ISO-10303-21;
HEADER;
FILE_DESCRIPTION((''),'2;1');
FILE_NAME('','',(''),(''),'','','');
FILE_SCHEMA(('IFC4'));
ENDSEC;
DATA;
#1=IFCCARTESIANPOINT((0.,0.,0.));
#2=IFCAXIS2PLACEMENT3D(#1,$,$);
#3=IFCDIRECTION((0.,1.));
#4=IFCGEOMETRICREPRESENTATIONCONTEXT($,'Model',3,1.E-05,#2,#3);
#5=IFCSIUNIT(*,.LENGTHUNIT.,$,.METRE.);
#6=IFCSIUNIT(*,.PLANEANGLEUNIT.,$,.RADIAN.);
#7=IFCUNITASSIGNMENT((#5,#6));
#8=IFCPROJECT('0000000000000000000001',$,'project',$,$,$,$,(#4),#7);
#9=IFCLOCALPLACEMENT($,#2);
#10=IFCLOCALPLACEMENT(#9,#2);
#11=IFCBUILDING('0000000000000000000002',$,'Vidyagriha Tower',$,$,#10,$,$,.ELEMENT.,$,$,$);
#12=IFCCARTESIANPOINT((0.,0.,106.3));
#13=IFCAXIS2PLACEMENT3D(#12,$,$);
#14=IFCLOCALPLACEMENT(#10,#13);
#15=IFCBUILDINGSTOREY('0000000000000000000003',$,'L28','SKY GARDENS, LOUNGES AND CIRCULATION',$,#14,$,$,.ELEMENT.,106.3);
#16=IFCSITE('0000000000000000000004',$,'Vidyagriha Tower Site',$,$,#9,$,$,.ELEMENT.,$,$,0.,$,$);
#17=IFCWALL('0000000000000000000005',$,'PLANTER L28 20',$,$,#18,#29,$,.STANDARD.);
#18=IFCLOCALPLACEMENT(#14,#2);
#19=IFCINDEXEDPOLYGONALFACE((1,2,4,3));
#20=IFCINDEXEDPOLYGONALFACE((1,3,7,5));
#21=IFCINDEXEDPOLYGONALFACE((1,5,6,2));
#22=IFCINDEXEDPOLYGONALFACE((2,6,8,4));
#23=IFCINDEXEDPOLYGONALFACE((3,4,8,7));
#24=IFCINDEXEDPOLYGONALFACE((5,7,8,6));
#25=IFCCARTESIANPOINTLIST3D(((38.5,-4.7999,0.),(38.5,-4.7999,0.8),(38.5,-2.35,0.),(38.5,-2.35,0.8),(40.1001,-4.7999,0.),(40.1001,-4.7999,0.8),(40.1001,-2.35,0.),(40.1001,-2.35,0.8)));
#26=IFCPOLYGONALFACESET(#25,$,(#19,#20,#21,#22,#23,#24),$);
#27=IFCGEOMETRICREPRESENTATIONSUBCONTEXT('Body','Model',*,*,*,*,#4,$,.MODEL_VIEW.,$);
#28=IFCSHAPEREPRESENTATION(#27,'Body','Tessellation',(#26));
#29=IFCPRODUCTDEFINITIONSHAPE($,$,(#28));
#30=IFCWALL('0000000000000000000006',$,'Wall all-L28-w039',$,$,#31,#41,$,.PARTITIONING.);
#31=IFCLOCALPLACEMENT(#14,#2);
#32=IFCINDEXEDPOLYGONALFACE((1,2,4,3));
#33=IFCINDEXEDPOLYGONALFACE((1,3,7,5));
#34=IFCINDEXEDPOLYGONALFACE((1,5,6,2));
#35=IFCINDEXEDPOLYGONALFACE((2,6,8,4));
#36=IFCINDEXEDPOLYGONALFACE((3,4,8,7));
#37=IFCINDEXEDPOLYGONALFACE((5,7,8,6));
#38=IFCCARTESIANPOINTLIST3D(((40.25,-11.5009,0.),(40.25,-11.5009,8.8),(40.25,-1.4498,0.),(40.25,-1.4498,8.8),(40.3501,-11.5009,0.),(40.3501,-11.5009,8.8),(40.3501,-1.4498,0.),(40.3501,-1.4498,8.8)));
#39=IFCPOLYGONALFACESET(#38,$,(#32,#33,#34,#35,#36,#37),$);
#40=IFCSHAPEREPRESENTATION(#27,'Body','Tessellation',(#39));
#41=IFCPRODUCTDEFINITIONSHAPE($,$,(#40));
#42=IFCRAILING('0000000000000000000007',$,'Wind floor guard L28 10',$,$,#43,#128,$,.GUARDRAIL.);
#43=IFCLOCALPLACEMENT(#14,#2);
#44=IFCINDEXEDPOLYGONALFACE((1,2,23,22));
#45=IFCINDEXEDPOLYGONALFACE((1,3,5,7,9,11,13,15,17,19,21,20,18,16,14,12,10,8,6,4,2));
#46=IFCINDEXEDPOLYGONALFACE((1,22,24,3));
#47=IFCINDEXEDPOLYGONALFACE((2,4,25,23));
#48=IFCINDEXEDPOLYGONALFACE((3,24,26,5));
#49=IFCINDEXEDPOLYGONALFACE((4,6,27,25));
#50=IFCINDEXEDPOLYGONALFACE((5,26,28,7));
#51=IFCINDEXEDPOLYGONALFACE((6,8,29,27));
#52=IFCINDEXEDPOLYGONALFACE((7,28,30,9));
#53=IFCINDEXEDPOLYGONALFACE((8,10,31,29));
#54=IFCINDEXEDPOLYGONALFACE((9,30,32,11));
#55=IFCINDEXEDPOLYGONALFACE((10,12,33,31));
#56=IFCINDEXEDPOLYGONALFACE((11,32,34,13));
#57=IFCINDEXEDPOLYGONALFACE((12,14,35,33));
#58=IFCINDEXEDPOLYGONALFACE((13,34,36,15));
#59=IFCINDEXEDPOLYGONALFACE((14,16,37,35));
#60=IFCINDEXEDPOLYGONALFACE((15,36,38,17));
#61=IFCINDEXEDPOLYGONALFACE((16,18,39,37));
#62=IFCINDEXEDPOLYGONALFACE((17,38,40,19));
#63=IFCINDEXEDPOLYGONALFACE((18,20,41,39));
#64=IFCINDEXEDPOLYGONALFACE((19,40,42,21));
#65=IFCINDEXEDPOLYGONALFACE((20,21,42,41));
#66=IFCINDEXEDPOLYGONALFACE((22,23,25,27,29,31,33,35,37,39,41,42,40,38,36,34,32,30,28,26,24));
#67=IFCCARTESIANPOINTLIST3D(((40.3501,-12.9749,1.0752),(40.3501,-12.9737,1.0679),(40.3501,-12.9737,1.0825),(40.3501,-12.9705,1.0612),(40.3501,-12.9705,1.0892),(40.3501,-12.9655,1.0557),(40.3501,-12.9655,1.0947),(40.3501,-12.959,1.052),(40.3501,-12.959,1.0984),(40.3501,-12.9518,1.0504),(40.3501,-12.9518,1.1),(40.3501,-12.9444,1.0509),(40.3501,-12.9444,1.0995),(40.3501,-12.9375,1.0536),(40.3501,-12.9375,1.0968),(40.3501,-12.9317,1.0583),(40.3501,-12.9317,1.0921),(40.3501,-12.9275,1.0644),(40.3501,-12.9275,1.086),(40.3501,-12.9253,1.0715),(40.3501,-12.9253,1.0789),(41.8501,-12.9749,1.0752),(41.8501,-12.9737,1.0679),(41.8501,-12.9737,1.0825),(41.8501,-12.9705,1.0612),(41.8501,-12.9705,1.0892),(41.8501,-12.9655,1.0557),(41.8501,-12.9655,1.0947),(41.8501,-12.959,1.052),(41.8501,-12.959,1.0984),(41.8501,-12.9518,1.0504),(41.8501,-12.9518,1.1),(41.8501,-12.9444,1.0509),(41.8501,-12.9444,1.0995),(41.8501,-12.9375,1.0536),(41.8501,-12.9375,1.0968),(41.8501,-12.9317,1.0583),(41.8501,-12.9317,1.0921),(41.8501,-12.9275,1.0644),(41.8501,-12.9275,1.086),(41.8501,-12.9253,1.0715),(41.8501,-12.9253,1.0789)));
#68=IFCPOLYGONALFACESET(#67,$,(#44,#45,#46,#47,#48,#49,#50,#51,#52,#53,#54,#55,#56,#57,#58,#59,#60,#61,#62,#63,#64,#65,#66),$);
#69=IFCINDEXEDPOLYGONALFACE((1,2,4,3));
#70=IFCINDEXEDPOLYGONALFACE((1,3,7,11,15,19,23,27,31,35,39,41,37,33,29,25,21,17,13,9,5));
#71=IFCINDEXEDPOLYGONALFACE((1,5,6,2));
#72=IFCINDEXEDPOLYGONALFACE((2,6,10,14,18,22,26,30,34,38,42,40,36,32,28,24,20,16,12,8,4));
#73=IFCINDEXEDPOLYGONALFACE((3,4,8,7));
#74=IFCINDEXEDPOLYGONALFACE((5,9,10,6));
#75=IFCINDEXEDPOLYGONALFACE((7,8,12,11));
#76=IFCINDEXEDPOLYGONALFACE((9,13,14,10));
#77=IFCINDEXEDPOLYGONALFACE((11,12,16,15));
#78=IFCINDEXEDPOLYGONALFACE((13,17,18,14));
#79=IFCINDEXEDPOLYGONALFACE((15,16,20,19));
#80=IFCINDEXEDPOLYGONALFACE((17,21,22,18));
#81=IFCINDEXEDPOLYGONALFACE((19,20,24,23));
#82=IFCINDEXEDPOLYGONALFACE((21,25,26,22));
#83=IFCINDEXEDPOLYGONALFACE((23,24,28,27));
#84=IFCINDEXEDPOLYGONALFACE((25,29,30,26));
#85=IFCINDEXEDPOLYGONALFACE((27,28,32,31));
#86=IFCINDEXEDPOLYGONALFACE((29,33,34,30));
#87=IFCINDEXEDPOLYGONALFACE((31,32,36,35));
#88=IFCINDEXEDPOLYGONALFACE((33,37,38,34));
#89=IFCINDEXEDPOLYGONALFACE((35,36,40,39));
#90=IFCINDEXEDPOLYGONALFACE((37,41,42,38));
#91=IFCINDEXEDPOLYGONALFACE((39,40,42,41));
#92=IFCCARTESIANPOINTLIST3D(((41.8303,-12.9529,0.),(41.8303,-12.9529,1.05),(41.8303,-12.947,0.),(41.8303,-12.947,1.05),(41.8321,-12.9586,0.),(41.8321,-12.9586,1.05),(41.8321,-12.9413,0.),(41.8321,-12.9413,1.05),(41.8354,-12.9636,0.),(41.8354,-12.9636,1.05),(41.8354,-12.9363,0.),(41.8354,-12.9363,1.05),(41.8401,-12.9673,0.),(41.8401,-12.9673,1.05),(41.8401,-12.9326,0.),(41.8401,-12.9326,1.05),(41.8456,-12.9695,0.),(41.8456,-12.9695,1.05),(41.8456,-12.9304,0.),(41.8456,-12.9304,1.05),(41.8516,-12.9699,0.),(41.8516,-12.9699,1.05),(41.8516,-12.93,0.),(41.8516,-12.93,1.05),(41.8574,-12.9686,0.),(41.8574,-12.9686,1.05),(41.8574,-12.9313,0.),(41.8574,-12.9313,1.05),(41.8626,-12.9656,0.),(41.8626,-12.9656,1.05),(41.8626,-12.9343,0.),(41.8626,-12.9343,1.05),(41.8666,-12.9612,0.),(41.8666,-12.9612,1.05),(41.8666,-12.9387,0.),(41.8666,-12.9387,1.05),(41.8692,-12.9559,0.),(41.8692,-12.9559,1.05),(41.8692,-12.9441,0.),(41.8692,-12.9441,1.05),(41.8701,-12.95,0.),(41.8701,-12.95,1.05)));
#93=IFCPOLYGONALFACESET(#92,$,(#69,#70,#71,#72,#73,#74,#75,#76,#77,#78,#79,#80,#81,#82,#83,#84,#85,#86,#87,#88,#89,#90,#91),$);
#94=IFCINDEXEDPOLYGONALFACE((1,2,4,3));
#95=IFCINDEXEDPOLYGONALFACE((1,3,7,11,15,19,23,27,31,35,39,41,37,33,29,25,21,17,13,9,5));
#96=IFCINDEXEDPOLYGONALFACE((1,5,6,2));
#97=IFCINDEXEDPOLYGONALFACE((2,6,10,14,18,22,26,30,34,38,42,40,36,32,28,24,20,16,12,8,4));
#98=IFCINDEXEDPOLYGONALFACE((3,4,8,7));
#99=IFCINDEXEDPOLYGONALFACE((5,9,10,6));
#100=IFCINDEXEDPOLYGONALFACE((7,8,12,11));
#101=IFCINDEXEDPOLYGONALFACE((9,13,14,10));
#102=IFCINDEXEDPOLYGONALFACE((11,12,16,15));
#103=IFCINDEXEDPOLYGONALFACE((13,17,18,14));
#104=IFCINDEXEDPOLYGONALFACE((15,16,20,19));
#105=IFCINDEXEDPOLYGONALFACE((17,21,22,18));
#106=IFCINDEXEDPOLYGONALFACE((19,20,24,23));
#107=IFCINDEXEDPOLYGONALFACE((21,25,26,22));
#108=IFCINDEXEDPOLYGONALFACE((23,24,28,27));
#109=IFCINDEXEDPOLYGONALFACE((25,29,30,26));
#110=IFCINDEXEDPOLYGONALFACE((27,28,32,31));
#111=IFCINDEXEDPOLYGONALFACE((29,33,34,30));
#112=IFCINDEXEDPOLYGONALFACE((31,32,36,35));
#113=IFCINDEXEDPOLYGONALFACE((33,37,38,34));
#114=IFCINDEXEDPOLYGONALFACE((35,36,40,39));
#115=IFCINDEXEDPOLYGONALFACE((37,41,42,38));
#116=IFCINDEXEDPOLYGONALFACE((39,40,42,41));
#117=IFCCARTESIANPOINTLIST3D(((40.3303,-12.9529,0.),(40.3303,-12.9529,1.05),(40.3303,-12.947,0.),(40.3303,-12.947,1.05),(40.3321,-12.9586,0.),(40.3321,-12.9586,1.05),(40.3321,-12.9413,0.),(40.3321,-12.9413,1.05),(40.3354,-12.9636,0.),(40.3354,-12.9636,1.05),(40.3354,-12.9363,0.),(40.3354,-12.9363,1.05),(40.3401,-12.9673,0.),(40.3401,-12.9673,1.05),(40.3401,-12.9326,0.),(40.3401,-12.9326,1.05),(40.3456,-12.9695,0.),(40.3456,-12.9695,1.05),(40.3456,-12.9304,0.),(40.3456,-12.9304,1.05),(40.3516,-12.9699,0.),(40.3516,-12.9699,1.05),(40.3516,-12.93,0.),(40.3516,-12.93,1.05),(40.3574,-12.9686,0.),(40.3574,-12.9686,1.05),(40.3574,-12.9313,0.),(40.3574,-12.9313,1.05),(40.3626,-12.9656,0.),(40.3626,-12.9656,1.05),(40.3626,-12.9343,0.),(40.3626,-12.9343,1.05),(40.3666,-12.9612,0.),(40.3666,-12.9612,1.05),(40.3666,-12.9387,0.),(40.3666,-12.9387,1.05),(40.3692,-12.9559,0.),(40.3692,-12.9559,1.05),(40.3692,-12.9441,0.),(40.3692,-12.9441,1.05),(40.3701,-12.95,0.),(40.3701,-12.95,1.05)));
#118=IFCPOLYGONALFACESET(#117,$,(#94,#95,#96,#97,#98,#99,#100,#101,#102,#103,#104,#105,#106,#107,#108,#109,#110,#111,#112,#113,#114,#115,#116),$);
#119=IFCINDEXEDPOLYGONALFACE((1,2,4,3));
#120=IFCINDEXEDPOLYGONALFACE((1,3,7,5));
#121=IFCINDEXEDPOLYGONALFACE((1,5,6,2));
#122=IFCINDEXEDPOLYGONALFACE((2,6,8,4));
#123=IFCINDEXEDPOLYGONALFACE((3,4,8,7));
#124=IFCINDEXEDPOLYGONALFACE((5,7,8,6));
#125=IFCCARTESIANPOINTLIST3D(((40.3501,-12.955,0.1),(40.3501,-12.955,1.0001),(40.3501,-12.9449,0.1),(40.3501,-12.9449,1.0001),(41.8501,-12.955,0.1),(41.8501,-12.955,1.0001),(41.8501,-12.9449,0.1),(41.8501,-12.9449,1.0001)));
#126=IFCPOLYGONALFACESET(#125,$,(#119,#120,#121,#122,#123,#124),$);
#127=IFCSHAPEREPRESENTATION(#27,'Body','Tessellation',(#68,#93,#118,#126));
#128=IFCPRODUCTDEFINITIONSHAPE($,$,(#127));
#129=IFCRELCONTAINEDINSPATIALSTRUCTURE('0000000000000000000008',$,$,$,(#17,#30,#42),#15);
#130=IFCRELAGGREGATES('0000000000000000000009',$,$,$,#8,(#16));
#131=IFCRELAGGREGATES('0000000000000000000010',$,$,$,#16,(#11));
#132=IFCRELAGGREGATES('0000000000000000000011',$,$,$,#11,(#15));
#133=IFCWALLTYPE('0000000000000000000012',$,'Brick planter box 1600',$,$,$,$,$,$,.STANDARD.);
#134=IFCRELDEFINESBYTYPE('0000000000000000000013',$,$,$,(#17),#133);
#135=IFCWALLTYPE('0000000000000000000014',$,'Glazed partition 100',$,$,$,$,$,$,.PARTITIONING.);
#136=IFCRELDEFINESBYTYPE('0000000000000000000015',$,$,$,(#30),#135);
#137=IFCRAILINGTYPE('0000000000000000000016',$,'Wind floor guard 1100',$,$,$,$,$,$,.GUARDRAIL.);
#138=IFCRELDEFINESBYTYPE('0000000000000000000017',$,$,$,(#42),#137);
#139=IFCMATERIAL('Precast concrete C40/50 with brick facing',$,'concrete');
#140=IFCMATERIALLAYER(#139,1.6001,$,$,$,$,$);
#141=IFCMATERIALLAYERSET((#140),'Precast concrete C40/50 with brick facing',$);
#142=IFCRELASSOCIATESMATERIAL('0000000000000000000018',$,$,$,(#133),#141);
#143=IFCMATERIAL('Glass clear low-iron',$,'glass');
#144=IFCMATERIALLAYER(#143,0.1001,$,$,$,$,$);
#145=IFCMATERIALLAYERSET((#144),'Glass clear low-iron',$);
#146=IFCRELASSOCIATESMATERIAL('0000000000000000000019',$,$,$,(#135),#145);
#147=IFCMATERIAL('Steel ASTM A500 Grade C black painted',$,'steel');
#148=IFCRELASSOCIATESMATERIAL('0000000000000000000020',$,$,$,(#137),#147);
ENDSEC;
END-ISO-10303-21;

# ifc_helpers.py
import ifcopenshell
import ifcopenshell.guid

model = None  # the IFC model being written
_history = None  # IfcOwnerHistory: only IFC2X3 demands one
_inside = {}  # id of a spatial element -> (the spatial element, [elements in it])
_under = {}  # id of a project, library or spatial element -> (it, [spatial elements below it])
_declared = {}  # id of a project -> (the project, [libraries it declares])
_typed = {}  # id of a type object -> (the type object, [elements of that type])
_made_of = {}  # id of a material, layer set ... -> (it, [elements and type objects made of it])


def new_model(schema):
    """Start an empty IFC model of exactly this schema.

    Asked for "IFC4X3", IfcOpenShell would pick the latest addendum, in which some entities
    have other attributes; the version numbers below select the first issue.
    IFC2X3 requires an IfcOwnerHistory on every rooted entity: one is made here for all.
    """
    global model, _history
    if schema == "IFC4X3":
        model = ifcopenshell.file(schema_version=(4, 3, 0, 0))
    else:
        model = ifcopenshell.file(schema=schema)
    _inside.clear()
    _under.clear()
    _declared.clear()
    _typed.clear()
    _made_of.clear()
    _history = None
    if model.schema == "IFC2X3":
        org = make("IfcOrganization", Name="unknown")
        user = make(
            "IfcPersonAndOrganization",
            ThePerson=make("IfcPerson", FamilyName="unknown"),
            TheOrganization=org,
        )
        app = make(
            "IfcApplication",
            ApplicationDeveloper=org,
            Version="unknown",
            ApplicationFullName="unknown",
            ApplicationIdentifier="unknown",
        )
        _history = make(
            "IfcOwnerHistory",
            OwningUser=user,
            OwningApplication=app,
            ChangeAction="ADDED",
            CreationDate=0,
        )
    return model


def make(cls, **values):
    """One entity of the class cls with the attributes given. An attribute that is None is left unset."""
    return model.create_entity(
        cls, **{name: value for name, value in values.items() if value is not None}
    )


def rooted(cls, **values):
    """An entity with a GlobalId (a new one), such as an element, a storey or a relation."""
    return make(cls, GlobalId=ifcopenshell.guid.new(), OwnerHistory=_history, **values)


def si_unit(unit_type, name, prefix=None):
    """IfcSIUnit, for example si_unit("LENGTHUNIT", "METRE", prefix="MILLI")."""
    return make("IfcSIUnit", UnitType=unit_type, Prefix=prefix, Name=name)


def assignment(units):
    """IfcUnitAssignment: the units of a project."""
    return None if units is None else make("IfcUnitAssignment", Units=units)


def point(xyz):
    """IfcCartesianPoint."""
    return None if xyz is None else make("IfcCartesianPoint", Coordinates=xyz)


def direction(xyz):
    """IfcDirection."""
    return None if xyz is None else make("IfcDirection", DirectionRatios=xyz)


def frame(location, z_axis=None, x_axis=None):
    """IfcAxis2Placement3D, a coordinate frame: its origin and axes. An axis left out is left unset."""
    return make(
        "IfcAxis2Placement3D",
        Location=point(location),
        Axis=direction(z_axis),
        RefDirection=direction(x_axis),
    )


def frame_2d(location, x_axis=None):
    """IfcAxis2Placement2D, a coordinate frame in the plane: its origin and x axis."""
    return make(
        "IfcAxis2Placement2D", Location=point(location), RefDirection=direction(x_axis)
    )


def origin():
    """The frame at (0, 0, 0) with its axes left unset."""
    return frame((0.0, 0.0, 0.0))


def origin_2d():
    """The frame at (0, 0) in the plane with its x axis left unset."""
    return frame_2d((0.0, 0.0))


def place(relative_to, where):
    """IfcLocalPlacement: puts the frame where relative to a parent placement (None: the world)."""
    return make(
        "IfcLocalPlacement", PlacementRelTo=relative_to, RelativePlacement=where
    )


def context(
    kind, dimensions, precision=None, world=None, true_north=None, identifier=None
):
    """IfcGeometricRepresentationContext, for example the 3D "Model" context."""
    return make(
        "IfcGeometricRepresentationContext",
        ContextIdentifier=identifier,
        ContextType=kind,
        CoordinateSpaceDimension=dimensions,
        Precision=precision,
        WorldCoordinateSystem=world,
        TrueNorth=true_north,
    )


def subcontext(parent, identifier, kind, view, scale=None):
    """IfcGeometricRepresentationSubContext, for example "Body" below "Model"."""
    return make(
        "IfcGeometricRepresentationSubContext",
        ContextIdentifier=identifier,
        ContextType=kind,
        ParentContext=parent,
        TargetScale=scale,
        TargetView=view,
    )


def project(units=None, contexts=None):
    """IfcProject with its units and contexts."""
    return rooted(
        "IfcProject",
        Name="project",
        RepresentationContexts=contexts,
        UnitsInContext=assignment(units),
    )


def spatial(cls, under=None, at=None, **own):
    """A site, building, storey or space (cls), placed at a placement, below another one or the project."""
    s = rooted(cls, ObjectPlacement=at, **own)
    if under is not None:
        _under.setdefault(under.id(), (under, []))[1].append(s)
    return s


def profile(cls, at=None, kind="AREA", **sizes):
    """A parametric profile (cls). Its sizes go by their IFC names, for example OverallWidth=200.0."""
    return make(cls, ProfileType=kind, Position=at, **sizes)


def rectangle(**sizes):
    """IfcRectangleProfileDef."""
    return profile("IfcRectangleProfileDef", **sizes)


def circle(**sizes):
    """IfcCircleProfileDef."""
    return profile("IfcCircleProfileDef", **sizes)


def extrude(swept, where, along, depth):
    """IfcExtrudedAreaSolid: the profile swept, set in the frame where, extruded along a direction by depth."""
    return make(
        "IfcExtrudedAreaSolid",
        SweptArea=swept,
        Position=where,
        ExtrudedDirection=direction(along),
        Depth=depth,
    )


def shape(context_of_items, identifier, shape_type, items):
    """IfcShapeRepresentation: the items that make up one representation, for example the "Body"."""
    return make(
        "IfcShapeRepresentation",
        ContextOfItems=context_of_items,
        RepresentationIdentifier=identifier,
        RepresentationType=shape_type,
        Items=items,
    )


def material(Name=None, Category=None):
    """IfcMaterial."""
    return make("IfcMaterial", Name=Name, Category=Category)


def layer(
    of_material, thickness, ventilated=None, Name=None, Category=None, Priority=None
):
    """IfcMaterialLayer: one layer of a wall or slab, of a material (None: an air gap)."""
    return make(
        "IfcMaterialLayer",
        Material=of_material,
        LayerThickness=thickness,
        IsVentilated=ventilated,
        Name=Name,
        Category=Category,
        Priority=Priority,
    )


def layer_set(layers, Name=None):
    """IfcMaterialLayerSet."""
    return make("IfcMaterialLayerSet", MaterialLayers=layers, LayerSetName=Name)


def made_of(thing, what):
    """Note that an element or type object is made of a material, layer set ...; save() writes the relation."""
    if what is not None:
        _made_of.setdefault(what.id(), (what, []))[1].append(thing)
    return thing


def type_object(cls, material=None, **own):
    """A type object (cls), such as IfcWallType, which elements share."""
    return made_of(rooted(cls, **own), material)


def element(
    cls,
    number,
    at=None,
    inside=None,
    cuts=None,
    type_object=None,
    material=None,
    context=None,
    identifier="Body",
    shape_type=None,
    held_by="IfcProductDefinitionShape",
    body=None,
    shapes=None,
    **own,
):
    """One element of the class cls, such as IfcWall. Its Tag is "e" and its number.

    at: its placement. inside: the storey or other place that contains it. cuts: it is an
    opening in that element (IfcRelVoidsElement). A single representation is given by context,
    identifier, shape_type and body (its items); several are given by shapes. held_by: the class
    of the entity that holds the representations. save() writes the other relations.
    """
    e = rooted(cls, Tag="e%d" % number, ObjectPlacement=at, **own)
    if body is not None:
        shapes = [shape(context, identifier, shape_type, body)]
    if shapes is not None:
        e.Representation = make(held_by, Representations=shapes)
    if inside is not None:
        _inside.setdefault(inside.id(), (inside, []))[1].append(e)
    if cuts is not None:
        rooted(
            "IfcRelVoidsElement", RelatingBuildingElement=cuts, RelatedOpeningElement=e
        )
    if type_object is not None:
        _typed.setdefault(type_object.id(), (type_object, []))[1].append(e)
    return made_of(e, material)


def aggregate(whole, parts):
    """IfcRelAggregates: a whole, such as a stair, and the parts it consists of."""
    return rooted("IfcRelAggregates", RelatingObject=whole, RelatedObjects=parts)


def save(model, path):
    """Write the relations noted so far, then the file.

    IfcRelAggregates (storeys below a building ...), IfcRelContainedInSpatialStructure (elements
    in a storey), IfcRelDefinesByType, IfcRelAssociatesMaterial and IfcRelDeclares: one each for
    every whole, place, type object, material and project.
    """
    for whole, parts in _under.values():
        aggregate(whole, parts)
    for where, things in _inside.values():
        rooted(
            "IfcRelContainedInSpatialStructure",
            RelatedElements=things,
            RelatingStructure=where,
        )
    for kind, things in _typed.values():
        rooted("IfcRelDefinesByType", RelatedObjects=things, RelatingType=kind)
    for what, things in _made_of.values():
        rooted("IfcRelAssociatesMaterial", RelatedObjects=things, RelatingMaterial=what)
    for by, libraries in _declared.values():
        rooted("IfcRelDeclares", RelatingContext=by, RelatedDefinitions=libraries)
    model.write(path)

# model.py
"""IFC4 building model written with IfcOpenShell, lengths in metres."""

from ifc_helpers import new_model, si_unit, direction, frame, frame_2d, origin, origin_2d, place, context, subcontext, project, spatial, rectangle, circle, extrude, material, layer, layer_set, type_object, element, save


model = new_model("IFC4")

# Units and contexts
model_context = context("Model", 3, precision=1e-05, world=origin(), true_north=direction((0.0, 1.0)))
body_context = subcontext(model_context, "Body", "Model", "MODEL_VIEW")
ifc_project = project(units=[si_unit("LENGTHUNIT", "METRE"), si_unit("PLANEANGLEUNIT", "RADIAN")], contexts=[model_context])

# Site, building, storey
site_placement = place(None, origin())
site = spatial("IfcSite", under=ifc_project, at=site_placement, Name="Vidyagriha Tower Site", CompositionType="ELEMENT", RefElevation=0.0)
building_placement = place(site_placement, origin())
building = spatial("IfcBuilding", under=site, at=building_placement, Name="Vidyagriha Tower", CompositionType="ELEMENT")
storey_placement = place(building_placement, frame((0.0, 0.0, 106.3)))
storey = spatial("IfcBuildingStorey", under=building, at=storey_placement, Name="L28", Description="SKY GARDENS, LOUNGES AND CIRCULATION", CompositionType="ELEMENT", Elevation=106.3)

# Walls
ifc_material_1 = material(Name="Precast concrete C40/50 with brick facing", Category="concrete")
ifc_layer_1 = layer(ifc_material_1, 1.6001)
ifc_layer_set_1 = layer_set([ifc_layer_1], Name="Precast concrete C40/50 with brick facing")
wall_type_1 = type_object("IfcWallType", Name="Brick planter box 1600", PredefinedType="STANDARD", material=ifc_layer_set_1)
wall_1_placement = place(storey_placement, frame((39.3, -4.8, 0.0), z_axis=(0.0, 0.0, 1.0), x_axis=(0.0, 1.0, 0.0)))
element("IfcWall", 1, at=wall_1_placement, inside=storey, type_object=wall_type_1, Name="PLANTER L28 20", PredefinedType="STANDARD", context=body_context, shape_type="SweptSolid", body=[
    extrude(rectangle(XDim=2.45, YDim=1.6001, at=frame_2d((1.2251, 0.0))), origin(), (0.0, 0.0, 1.0), 0.8),
])
ifc_material_2 = material(Name="Glass clear low-iron", Category="glass")
ifc_layer_2 = layer(ifc_material_2, 0.1001)
ifc_layer_set_2 = layer_set([ifc_layer_2], Name="Glass clear low-iron")
wall_type_2 = type_object("IfcWallType", Name="Glazed partition 100", PredefinedType="PARTITIONING", material=ifc_layer_set_2)
wall_2_placement = place(storey_placement, frame((40.3, -1.45, 0.0), z_axis=(0.0, 0.0, 1.0), x_axis=(0.0, -1.0, 0.0)))
element("IfcWall", 2, at=wall_2_placement, inside=storey, type_object=wall_type_2, Name="Wall all-L28-w039", PredefinedType="PARTITIONING", context=body_context, shape_type="SweptSolid", body=[
    extrude(rectangle(XDim=10.051, YDim=0.1001, at=frame_2d((5.0254, 0.0))), origin(), (0.0, 0.0, 1.0), 8.8),
])

# Railing
ifc_material_3 = material(Name="Steel ASTM A500 Grade C black painted", Category="steel")
railing_type = type_object("IfcRailingType", Name="Wind floor guard 1100", PredefinedType="GUARDRAIL", material=ifc_material_3)
railing_1_placement = place(storey_placement, frame((41.8501, -12.95, 0.0)))
element("IfcRailing", 3, at=railing_1_placement, inside=storey, type_object=railing_type, Name="Wind floor guard L28 10", PredefinedType="GUARDRAIL", context=body_context, shape_type="SweptSolid", body=[
    extrude(circle(Radius=0.0249, at=origin_2d()), frame((0.0, 0.0, 1.0752), z_axis=(-1.0, 0.0, 0.0), x_axis=(0.0, -1.0, 0.0)), (0.0, 0.0, 1.0), 1.5),
    extrude(circle(Radius=0.02, at=origin_2d()), origin(), (0.0, 0.0, 1.0), 1.05),
    extrude(circle(Radius=0.02, at=origin_2d()), frame((-1.5, 0.0, 0.0)), (0.0, 0.0, 1.0), 1.05),
    extrude(rectangle(XDim=0.01, YDim=0.9001, at=origin_2d()), frame((0.0, 0.0, 0.55), z_axis=(-1.0, 0.0, 0.0), x_axis=(0.0, -1.0, 0.0)), (0.0, 0.0, 1.0), 1.5),
])

save(model, "model.ifc")
